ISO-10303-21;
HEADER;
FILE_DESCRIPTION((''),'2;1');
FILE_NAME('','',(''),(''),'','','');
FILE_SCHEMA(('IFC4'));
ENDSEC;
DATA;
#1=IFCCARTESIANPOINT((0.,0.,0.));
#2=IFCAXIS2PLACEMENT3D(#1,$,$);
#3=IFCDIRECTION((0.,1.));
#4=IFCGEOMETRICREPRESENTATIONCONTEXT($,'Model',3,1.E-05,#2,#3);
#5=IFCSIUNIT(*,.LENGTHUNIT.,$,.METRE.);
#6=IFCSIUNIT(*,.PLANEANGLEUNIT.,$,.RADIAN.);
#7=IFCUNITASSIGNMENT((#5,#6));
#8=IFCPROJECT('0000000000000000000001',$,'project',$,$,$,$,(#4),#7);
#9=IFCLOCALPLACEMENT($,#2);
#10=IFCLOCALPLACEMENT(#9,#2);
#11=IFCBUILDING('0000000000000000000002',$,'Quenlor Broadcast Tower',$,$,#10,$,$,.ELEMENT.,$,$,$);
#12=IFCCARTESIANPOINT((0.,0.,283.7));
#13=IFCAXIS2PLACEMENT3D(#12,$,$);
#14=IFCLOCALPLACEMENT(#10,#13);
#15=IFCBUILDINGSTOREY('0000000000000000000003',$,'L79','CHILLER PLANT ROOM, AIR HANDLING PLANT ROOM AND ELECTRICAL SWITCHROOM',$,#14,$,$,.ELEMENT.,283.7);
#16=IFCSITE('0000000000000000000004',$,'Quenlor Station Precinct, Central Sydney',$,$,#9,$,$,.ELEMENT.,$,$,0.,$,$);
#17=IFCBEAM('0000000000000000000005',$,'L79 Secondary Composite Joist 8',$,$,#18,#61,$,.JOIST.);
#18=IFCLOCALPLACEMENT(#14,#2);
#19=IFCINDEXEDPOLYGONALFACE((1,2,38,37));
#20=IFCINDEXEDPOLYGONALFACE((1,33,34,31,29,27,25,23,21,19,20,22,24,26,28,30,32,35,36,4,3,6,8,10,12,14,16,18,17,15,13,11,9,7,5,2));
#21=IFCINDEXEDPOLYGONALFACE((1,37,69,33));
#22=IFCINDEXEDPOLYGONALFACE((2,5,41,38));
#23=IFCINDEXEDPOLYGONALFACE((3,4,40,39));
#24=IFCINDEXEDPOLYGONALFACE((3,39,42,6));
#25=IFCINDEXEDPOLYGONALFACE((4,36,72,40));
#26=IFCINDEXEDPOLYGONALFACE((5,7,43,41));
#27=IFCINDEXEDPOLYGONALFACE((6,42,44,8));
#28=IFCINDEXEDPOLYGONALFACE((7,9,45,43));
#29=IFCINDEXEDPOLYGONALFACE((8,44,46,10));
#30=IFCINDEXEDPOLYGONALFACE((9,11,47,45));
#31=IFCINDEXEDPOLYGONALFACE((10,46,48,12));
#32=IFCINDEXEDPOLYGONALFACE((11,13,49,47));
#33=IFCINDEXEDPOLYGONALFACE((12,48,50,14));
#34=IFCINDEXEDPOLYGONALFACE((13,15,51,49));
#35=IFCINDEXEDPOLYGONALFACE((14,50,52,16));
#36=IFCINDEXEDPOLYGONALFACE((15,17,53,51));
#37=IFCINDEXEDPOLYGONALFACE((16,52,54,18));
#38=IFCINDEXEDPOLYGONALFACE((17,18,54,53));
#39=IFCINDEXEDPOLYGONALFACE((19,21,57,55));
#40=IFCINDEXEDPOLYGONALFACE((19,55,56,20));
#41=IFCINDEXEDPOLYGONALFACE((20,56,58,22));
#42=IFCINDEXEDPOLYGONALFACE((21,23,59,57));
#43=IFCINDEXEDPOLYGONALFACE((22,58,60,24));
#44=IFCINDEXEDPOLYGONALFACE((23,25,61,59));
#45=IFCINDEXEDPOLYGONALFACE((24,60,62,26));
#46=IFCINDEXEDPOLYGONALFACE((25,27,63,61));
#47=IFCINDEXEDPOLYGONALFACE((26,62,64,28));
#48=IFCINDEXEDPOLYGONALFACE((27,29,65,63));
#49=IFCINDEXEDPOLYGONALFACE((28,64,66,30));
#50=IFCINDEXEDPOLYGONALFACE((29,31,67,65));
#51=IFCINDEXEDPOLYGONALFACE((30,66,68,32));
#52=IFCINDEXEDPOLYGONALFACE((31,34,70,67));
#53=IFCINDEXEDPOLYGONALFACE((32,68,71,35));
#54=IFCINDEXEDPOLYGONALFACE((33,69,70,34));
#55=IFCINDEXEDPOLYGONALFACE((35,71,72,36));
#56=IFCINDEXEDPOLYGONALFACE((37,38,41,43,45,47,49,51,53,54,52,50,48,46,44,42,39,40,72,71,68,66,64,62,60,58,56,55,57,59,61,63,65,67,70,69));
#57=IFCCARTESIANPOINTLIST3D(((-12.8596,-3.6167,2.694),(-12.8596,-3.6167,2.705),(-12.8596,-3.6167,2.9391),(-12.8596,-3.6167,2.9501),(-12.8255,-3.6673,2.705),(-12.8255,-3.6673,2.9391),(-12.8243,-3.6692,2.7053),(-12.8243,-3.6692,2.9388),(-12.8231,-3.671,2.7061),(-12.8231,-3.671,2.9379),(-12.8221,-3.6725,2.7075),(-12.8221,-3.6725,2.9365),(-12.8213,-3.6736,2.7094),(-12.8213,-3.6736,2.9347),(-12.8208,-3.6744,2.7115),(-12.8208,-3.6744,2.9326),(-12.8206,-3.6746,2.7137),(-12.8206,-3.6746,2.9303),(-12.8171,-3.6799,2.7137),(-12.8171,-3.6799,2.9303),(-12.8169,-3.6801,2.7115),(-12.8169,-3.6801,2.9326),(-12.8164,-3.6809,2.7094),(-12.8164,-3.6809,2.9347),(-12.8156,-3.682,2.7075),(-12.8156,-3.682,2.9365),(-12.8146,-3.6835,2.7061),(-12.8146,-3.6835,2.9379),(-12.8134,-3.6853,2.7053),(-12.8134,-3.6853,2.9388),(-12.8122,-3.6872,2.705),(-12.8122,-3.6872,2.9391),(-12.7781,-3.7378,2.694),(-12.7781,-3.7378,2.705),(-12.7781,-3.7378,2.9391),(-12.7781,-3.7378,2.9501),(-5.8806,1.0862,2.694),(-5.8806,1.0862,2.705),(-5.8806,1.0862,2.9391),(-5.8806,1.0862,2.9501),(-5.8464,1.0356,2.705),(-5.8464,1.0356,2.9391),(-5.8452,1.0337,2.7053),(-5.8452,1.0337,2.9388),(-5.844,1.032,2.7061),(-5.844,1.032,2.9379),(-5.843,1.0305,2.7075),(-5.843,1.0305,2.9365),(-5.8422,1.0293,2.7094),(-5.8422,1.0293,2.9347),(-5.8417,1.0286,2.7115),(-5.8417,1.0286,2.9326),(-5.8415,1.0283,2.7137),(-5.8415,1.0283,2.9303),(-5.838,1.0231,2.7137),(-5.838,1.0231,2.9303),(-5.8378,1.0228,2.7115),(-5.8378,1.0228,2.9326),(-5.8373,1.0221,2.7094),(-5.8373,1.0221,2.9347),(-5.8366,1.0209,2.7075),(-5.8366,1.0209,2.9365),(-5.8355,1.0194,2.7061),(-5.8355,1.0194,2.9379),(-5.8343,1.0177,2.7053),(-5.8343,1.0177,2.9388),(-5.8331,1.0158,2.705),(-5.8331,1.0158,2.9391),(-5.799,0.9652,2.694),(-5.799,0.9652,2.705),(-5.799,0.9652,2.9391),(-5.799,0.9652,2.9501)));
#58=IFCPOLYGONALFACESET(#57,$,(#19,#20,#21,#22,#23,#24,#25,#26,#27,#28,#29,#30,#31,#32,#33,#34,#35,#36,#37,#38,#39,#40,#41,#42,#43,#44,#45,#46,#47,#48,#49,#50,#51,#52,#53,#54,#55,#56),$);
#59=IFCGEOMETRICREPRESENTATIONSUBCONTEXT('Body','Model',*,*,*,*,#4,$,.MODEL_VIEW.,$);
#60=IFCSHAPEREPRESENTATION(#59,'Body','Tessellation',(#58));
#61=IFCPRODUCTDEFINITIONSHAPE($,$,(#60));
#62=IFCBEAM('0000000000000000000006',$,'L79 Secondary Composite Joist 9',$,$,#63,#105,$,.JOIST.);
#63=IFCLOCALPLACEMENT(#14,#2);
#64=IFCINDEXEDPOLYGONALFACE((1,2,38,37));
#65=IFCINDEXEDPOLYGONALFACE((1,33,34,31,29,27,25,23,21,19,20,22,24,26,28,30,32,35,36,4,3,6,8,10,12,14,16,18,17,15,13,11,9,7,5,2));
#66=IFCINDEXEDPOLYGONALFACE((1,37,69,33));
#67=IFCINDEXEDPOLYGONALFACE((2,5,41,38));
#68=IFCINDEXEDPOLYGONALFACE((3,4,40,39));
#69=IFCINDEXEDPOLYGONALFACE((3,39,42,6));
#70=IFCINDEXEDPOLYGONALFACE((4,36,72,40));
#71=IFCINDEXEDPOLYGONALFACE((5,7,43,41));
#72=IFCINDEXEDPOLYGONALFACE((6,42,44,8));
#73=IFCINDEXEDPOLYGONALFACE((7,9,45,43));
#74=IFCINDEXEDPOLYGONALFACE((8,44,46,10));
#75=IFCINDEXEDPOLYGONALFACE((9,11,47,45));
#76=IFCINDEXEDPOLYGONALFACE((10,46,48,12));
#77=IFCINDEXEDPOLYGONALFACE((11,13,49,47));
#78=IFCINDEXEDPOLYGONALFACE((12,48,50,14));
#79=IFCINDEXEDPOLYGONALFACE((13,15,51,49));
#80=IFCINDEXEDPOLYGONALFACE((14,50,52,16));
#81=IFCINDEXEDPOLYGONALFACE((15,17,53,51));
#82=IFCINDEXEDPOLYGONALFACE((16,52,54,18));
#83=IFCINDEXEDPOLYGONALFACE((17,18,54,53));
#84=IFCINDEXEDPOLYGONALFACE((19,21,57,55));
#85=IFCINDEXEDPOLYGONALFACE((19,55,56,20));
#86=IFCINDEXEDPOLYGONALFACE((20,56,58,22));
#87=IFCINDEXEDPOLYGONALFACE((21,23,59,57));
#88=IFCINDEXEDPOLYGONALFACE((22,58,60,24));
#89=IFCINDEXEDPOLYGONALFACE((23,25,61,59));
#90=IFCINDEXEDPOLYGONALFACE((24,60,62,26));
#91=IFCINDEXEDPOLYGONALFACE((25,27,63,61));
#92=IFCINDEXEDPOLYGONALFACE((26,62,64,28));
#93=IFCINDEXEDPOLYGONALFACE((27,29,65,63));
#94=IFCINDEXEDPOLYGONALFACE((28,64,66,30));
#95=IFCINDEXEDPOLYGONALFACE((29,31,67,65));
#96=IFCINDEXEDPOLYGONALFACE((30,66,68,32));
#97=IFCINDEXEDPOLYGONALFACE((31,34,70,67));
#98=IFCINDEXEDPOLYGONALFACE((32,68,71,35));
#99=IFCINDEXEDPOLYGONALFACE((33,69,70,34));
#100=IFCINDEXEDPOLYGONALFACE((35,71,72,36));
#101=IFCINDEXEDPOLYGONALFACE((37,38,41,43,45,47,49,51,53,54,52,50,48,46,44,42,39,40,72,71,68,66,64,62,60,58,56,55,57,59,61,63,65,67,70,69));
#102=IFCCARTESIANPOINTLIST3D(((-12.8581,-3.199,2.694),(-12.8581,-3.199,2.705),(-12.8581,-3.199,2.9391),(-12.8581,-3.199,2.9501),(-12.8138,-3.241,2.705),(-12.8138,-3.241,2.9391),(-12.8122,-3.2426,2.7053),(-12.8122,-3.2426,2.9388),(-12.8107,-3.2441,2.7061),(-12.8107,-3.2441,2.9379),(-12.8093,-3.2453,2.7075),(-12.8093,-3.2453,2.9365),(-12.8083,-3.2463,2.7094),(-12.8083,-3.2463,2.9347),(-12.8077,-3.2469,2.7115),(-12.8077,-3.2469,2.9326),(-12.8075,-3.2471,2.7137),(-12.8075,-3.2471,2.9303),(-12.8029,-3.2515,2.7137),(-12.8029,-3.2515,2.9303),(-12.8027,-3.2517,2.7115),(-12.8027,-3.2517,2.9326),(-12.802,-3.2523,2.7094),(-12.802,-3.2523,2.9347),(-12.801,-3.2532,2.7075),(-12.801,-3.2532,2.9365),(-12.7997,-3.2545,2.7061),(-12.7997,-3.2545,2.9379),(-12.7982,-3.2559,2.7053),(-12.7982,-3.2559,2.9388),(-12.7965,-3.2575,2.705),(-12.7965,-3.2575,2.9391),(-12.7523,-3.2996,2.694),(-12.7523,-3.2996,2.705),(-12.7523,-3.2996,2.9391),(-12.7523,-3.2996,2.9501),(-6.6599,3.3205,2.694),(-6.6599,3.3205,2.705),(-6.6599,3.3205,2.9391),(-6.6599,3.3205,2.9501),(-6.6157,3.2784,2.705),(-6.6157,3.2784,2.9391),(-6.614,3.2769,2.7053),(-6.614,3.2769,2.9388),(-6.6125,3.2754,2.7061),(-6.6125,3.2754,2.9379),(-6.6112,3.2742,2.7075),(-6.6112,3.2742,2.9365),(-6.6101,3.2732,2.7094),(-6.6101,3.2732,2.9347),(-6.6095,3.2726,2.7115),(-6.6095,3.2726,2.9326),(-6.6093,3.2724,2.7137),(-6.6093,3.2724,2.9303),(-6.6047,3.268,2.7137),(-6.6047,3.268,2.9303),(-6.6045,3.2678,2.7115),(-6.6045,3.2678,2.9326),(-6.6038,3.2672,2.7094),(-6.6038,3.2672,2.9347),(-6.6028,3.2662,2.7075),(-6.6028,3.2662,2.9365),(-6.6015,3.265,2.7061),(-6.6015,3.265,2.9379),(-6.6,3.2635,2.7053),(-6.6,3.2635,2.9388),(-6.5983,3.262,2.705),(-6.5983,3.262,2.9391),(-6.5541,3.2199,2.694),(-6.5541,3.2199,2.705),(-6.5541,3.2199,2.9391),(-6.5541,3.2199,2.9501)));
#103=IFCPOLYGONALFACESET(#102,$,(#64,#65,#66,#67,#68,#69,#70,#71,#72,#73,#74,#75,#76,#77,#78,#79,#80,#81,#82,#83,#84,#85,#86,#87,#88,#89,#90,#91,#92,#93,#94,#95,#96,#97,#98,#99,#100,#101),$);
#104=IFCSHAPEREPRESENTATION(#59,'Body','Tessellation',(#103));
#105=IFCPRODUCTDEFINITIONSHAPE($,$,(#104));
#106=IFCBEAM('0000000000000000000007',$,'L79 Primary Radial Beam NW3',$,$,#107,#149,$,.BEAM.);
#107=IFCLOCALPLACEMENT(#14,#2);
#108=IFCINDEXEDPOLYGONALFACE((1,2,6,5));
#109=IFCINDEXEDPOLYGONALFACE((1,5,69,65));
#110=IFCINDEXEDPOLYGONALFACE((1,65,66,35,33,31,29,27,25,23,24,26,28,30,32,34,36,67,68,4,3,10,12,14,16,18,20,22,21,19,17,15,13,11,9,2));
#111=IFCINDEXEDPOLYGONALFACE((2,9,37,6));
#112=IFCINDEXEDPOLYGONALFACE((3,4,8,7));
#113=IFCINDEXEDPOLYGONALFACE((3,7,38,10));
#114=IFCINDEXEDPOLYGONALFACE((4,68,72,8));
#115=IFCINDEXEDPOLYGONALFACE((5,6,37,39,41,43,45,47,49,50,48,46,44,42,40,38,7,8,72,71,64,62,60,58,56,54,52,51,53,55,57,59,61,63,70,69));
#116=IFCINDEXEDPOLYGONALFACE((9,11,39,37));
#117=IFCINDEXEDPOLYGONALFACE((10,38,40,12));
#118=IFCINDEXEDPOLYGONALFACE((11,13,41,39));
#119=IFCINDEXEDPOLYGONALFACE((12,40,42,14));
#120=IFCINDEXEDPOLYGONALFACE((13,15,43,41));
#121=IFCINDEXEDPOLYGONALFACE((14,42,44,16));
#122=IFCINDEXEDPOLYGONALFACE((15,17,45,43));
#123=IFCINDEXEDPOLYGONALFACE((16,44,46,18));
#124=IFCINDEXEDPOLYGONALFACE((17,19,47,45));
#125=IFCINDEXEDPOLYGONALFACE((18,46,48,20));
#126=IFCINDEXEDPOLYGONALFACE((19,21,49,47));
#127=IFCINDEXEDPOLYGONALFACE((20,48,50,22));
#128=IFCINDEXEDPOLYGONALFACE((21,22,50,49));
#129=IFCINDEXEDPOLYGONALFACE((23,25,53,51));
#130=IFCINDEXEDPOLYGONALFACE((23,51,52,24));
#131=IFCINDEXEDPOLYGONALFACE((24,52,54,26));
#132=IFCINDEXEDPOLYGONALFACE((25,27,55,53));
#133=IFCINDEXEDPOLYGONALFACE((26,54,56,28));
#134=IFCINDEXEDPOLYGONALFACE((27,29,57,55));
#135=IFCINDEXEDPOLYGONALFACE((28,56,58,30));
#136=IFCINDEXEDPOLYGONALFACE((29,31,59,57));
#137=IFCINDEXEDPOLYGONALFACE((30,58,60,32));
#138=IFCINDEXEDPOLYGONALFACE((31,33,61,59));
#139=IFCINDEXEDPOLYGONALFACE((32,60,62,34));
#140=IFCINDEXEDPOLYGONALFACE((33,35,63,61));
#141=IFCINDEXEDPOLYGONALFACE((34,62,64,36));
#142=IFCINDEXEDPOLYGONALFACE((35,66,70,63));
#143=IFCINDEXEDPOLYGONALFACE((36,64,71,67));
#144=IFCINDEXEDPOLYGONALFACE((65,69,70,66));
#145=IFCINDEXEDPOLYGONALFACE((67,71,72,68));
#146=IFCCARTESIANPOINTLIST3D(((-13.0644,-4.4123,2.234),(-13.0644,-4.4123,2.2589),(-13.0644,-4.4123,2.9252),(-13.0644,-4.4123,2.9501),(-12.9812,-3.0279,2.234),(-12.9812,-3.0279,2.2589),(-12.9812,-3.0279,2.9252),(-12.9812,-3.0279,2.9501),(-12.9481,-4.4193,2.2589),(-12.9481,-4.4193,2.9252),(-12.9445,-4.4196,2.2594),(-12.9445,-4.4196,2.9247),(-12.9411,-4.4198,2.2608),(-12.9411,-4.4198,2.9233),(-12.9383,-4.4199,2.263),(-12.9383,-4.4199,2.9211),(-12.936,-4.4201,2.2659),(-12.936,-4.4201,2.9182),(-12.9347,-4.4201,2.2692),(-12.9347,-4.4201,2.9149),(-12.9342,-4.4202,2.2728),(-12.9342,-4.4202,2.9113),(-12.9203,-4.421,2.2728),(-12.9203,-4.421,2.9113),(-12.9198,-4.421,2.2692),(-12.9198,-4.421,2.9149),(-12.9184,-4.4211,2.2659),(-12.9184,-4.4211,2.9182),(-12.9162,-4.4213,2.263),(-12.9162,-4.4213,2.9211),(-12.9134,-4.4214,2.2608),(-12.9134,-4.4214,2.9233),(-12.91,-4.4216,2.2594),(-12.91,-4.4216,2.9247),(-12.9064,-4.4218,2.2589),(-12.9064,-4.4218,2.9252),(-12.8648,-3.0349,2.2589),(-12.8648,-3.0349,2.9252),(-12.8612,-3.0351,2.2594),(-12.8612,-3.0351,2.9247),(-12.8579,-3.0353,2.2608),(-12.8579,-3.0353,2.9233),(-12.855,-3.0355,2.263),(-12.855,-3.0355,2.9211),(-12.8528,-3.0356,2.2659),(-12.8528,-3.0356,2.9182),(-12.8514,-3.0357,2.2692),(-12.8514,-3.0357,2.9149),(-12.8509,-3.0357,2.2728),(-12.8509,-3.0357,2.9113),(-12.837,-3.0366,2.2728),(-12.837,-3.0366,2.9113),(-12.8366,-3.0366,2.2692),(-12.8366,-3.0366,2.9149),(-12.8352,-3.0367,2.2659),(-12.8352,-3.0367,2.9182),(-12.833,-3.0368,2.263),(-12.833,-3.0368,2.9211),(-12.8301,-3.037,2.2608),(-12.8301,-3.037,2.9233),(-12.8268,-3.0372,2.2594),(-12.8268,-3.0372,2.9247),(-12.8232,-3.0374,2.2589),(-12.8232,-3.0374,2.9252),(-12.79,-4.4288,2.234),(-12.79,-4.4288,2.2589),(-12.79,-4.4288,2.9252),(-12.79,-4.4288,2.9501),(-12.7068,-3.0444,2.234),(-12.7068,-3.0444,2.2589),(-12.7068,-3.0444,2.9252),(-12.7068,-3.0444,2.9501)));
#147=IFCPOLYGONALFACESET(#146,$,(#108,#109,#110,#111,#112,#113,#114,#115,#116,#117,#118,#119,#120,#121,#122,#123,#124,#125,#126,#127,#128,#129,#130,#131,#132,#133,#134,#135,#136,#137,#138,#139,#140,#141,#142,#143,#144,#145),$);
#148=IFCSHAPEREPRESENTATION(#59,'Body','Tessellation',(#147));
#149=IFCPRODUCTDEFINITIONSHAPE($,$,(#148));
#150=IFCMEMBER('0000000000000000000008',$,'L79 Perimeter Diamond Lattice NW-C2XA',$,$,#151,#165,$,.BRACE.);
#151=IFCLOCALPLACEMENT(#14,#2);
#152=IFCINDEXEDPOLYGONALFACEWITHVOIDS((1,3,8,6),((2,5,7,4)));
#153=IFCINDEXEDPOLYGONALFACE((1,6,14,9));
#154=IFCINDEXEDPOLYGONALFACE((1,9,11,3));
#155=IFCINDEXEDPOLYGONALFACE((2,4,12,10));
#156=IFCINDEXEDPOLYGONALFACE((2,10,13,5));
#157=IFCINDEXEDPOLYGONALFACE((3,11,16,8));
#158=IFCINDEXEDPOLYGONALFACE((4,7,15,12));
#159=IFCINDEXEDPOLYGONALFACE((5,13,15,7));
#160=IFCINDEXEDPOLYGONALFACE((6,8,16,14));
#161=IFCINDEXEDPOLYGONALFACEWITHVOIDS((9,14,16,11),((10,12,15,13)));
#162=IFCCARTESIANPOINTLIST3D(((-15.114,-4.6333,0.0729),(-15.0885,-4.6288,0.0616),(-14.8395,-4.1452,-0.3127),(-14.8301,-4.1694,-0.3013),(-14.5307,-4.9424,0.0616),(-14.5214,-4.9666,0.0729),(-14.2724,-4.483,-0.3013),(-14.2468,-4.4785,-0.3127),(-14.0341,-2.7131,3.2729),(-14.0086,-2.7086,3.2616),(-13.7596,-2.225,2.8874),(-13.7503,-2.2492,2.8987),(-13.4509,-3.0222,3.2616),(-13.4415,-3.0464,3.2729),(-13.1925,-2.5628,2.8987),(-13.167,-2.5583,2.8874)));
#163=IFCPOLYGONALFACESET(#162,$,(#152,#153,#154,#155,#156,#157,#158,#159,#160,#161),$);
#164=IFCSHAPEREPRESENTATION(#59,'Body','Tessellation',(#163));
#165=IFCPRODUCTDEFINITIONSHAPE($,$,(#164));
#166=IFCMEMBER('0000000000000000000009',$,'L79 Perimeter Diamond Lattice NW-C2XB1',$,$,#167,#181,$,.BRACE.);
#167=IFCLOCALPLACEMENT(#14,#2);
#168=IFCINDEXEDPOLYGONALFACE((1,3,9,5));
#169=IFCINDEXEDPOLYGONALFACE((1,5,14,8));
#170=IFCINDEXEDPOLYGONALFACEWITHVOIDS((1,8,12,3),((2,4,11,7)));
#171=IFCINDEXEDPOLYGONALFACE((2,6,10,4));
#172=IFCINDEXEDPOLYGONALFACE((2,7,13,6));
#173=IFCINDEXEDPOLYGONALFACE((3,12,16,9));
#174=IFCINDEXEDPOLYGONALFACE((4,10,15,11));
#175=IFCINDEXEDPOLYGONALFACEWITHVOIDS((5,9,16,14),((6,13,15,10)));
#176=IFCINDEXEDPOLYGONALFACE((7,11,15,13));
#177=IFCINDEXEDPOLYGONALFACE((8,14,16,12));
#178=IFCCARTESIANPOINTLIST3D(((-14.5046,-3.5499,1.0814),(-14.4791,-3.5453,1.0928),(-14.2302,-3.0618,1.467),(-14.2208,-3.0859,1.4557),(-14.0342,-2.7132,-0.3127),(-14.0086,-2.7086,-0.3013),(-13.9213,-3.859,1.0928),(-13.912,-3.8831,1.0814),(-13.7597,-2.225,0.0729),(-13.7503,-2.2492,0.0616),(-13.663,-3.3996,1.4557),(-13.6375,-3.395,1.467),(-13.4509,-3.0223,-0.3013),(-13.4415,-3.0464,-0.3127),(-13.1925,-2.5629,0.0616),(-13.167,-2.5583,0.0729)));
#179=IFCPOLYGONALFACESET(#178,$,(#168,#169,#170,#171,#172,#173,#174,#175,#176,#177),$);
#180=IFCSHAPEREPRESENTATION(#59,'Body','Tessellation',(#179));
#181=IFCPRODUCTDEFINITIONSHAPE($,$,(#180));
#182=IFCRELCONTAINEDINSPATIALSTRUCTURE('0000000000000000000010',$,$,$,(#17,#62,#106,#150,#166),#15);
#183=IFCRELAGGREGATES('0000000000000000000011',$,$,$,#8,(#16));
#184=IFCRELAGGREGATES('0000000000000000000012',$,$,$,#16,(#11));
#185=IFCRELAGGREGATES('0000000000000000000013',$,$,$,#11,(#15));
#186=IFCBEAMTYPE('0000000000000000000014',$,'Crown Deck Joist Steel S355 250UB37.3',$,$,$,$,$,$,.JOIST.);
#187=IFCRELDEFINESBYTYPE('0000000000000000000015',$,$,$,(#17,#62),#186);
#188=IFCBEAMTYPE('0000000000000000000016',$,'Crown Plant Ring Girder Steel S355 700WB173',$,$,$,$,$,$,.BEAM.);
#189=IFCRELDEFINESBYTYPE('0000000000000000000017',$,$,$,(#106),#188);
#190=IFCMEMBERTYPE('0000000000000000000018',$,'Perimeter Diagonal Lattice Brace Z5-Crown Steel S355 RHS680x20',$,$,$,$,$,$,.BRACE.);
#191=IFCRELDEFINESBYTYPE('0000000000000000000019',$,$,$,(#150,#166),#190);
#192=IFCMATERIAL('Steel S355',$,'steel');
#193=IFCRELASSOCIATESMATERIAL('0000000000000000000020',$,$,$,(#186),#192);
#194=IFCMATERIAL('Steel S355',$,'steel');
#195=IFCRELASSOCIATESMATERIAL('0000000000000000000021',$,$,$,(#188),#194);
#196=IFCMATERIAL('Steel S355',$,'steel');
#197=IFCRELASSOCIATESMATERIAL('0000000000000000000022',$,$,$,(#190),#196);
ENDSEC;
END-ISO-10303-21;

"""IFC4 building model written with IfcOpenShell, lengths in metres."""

from ifc_helpers import new_model, si_unit, direction, frame, origin, origin_2d, place, context, subcontext, project, spatial, hollow_rectangle, i_section, extrude, material, material_profile, profile_set, type_object, element, save


model = new_model("IFC4")

# Units and contexts
model_context = context("Model", 3, precision=1e-05, world=origin(), true_north=direction((0.0, 1.0)))
body_context = subcontext(model_context, "Body", "Model", "MODEL_VIEW")
ifc_project = project(units=[si_unit("LENGTHUNIT", "METRE"), si_unit("PLANEANGLEUNIT", "RADIAN")], contexts=[model_context])

# Site, building, storey
site_placement = place(None, origin())
site = spatial("IfcSite", under=ifc_project, at=site_placement, Name="Quenlor Station Precinct, Central Sydney", CompositionType="ELEMENT", RefElevation=0.0)
building_placement = place(site_placement, origin())
building = spatial("IfcBuilding", under=site, at=building_placement, Name="Quenlor Broadcast Tower", CompositionType="ELEMENT")
storey_placement = place(building_placement, frame((0.0, 0.0, 283.7)))
storey = spatial("IfcBuildingStorey", under=building, at=storey_placement, Name="L79", Description="CHILLER PLANT ROOM, AIR HANDLING PLANT ROOM AND ELECTRICAL SWITCHROOM", CompositionType="ELEMENT", Elevation=283.7)

# Beams
ifc_material_1 = material(Name="Steel S355", Category="steel")
ifc_material_profile_1 = material_profile(ifc_material_1, i_section(OverallWidth=0.146, OverallDepth=0.2561, WebThickness=0.0063, FlangeThickness=0.011, FilletRadius=0.0088, at=origin_2d()))
ifc_profile_set_1 = profile_set([ifc_material_profile_1], Name="Steel S355 250UB37.3")
beam_type_1 = type_object("IfcBeamType", Name="Crown Deck Joist Steel S355 250UB37.3", PredefinedType="JOIST", material=ifc_profile_set_1)
beam_1_placement = place(storey_placement, frame((-12.8188, -3.6772, 2.822), z_axis=(0.829286, 0.558824, 0.0), x_axis=(-0.558824, 0.829286, 0.0)))
element("IfcBeam", 1, at=beam_1_placement, inside=storey, type_object=beam_type_1, Name="L79 Secondary Composite Joist 8", PredefinedType="JOIST", context=body_context, shape_type="SweptSolid", body=[
    extrude(i_section(OverallWidth=0.146, OverallDepth=0.2561, WebThickness=0.0063, FlangeThickness=0.011, FilletRadius=0.0088, at=origin_2d()), origin(), (0.0, 0.0, 1.0), 8.4158),
])
beam_2_placement = place(storey_placement, frame((-12.8052, -3.2493, 2.822), z_axis=(0.689023, 0.724739, 0.0), x_axis=(-0.724739, 0.689023, 0.0)))
element("IfcBeam", 2, at=beam_2_placement, inside=storey, type_object=beam_type_1, Name="L79 Secondary Composite Joist 9", PredefinedType="JOIST", context=body_context, shape_type="SweptSolid", body=[
    extrude(i_section(OverallWidth=0.146, OverallDepth=0.2561, WebThickness=0.0063, FlangeThickness=0.011, FilletRadius=0.0088, at=origin_2d()), origin(), (0.0, 0.0, 1.0), 8.9956),
])
ifc_material_2 = material(Name="Steel S355", Category="steel")
ifc_material_profile_2 = material_profile(ifc_material_2, i_section(OverallWidth=0.2749, OverallDepth=0.7161, WebThickness=0.0139, FlangeThickness=0.0249, FilletRadius=0.0139, at=origin_2d()))
ifc_profile_set_2 = profile_set([ifc_material_profile_2], Name="Steel S355 700WB173")
beam_type_2 = type_object("IfcBeamType", Name="Crown Plant Ring Girder Steel S355 700WB173", PredefinedType="BEAM", material=ifc_profile_set_2)
beam_3_placement = place(storey_placement, frame((-12.844, -3.0361, 2.592), z_axis=(-0.060022, -0.998197, 0.0), x_axis=(0.998197, -0.060022, 0.0)))
element("IfcBeam", 3, at=beam_3_placement, inside=storey, type_object=beam_type_2, Name="L79 Primary Radial Beam NW3", PredefinedType="BEAM", context=body_context, shape_type="SweptSolid", body=[
    extrude(i_section(OverallWidth=0.2749, OverallDepth=0.7161, WebThickness=0.0139, FlangeThickness=0.0249, FilletRadius=0.0139, at=origin_2d()), origin(), (0.0, 0.0, 1.0), 1.387),
])

# Members
ifc_material_3 = material(Name="Steel S355", Category="steel")
ifc_material_profile_3 = material_profile(ifc_material_3, hollow_rectangle(XDim=0.6799, YDim=0.6799, WallThickness=0.02, at=origin_2d()))
ifc_profile_set_3 = profile_set([ifc_material_profile_3], Name="Steel S355 RHS680x680x20")
member_type_1 = type_object("IfcMemberType", Name="Perimeter Diagonal Lattice Brace Z5-Crown Steel S355 RHS680x20", PredefinedType="BRACE", material=ifc_profile_set_3)
member_1_placement = place(storey_placement, frame((-14.6804, -4.5559, -0.1199), z_axis=(0.277954, 0.494259, 0.823681), x_axis=(-0.871626, 0.490172, 0.0)))
element("IfcMember", 4, at=member_1_placement, inside=storey, type_object=member_type_1, Name="L79 Perimeter Diamond Lattice NW-C2XA", PredefinedType="BRACE", context=body_context, shape_type="SweptSolid", body=[
    extrude(hollow_rectangle(XDim=0.6799, YDim=0.6799, WallThickness=0.02, at=origin_2d()), origin(), (0.0, 0.0, 1.0), 3.885),
])
member_2_placement = place(storey_placement, frame((-13.6006, -2.6357, -0.1199), z_axis=(-0.27796, -0.494327, 0.823638), x_axis=(0.87165, -0.490128, 0.0)))
element("IfcMember", 5, at=member_2_placement, inside=storey, type_object=member_type_1, Name="L79 Perimeter Diamond Lattice NW-C2XB1", PredefinedType="BRACE", context=body_context, shape_type="SweptSolid", body=[
    extrude(hollow_rectangle(XDim=0.6799, YDim=0.6799, WallThickness=0.02, at=origin_2d()), origin(), (0.0, 0.0, 1.0), 1.6926),
])

save(model, "model.ifc")
